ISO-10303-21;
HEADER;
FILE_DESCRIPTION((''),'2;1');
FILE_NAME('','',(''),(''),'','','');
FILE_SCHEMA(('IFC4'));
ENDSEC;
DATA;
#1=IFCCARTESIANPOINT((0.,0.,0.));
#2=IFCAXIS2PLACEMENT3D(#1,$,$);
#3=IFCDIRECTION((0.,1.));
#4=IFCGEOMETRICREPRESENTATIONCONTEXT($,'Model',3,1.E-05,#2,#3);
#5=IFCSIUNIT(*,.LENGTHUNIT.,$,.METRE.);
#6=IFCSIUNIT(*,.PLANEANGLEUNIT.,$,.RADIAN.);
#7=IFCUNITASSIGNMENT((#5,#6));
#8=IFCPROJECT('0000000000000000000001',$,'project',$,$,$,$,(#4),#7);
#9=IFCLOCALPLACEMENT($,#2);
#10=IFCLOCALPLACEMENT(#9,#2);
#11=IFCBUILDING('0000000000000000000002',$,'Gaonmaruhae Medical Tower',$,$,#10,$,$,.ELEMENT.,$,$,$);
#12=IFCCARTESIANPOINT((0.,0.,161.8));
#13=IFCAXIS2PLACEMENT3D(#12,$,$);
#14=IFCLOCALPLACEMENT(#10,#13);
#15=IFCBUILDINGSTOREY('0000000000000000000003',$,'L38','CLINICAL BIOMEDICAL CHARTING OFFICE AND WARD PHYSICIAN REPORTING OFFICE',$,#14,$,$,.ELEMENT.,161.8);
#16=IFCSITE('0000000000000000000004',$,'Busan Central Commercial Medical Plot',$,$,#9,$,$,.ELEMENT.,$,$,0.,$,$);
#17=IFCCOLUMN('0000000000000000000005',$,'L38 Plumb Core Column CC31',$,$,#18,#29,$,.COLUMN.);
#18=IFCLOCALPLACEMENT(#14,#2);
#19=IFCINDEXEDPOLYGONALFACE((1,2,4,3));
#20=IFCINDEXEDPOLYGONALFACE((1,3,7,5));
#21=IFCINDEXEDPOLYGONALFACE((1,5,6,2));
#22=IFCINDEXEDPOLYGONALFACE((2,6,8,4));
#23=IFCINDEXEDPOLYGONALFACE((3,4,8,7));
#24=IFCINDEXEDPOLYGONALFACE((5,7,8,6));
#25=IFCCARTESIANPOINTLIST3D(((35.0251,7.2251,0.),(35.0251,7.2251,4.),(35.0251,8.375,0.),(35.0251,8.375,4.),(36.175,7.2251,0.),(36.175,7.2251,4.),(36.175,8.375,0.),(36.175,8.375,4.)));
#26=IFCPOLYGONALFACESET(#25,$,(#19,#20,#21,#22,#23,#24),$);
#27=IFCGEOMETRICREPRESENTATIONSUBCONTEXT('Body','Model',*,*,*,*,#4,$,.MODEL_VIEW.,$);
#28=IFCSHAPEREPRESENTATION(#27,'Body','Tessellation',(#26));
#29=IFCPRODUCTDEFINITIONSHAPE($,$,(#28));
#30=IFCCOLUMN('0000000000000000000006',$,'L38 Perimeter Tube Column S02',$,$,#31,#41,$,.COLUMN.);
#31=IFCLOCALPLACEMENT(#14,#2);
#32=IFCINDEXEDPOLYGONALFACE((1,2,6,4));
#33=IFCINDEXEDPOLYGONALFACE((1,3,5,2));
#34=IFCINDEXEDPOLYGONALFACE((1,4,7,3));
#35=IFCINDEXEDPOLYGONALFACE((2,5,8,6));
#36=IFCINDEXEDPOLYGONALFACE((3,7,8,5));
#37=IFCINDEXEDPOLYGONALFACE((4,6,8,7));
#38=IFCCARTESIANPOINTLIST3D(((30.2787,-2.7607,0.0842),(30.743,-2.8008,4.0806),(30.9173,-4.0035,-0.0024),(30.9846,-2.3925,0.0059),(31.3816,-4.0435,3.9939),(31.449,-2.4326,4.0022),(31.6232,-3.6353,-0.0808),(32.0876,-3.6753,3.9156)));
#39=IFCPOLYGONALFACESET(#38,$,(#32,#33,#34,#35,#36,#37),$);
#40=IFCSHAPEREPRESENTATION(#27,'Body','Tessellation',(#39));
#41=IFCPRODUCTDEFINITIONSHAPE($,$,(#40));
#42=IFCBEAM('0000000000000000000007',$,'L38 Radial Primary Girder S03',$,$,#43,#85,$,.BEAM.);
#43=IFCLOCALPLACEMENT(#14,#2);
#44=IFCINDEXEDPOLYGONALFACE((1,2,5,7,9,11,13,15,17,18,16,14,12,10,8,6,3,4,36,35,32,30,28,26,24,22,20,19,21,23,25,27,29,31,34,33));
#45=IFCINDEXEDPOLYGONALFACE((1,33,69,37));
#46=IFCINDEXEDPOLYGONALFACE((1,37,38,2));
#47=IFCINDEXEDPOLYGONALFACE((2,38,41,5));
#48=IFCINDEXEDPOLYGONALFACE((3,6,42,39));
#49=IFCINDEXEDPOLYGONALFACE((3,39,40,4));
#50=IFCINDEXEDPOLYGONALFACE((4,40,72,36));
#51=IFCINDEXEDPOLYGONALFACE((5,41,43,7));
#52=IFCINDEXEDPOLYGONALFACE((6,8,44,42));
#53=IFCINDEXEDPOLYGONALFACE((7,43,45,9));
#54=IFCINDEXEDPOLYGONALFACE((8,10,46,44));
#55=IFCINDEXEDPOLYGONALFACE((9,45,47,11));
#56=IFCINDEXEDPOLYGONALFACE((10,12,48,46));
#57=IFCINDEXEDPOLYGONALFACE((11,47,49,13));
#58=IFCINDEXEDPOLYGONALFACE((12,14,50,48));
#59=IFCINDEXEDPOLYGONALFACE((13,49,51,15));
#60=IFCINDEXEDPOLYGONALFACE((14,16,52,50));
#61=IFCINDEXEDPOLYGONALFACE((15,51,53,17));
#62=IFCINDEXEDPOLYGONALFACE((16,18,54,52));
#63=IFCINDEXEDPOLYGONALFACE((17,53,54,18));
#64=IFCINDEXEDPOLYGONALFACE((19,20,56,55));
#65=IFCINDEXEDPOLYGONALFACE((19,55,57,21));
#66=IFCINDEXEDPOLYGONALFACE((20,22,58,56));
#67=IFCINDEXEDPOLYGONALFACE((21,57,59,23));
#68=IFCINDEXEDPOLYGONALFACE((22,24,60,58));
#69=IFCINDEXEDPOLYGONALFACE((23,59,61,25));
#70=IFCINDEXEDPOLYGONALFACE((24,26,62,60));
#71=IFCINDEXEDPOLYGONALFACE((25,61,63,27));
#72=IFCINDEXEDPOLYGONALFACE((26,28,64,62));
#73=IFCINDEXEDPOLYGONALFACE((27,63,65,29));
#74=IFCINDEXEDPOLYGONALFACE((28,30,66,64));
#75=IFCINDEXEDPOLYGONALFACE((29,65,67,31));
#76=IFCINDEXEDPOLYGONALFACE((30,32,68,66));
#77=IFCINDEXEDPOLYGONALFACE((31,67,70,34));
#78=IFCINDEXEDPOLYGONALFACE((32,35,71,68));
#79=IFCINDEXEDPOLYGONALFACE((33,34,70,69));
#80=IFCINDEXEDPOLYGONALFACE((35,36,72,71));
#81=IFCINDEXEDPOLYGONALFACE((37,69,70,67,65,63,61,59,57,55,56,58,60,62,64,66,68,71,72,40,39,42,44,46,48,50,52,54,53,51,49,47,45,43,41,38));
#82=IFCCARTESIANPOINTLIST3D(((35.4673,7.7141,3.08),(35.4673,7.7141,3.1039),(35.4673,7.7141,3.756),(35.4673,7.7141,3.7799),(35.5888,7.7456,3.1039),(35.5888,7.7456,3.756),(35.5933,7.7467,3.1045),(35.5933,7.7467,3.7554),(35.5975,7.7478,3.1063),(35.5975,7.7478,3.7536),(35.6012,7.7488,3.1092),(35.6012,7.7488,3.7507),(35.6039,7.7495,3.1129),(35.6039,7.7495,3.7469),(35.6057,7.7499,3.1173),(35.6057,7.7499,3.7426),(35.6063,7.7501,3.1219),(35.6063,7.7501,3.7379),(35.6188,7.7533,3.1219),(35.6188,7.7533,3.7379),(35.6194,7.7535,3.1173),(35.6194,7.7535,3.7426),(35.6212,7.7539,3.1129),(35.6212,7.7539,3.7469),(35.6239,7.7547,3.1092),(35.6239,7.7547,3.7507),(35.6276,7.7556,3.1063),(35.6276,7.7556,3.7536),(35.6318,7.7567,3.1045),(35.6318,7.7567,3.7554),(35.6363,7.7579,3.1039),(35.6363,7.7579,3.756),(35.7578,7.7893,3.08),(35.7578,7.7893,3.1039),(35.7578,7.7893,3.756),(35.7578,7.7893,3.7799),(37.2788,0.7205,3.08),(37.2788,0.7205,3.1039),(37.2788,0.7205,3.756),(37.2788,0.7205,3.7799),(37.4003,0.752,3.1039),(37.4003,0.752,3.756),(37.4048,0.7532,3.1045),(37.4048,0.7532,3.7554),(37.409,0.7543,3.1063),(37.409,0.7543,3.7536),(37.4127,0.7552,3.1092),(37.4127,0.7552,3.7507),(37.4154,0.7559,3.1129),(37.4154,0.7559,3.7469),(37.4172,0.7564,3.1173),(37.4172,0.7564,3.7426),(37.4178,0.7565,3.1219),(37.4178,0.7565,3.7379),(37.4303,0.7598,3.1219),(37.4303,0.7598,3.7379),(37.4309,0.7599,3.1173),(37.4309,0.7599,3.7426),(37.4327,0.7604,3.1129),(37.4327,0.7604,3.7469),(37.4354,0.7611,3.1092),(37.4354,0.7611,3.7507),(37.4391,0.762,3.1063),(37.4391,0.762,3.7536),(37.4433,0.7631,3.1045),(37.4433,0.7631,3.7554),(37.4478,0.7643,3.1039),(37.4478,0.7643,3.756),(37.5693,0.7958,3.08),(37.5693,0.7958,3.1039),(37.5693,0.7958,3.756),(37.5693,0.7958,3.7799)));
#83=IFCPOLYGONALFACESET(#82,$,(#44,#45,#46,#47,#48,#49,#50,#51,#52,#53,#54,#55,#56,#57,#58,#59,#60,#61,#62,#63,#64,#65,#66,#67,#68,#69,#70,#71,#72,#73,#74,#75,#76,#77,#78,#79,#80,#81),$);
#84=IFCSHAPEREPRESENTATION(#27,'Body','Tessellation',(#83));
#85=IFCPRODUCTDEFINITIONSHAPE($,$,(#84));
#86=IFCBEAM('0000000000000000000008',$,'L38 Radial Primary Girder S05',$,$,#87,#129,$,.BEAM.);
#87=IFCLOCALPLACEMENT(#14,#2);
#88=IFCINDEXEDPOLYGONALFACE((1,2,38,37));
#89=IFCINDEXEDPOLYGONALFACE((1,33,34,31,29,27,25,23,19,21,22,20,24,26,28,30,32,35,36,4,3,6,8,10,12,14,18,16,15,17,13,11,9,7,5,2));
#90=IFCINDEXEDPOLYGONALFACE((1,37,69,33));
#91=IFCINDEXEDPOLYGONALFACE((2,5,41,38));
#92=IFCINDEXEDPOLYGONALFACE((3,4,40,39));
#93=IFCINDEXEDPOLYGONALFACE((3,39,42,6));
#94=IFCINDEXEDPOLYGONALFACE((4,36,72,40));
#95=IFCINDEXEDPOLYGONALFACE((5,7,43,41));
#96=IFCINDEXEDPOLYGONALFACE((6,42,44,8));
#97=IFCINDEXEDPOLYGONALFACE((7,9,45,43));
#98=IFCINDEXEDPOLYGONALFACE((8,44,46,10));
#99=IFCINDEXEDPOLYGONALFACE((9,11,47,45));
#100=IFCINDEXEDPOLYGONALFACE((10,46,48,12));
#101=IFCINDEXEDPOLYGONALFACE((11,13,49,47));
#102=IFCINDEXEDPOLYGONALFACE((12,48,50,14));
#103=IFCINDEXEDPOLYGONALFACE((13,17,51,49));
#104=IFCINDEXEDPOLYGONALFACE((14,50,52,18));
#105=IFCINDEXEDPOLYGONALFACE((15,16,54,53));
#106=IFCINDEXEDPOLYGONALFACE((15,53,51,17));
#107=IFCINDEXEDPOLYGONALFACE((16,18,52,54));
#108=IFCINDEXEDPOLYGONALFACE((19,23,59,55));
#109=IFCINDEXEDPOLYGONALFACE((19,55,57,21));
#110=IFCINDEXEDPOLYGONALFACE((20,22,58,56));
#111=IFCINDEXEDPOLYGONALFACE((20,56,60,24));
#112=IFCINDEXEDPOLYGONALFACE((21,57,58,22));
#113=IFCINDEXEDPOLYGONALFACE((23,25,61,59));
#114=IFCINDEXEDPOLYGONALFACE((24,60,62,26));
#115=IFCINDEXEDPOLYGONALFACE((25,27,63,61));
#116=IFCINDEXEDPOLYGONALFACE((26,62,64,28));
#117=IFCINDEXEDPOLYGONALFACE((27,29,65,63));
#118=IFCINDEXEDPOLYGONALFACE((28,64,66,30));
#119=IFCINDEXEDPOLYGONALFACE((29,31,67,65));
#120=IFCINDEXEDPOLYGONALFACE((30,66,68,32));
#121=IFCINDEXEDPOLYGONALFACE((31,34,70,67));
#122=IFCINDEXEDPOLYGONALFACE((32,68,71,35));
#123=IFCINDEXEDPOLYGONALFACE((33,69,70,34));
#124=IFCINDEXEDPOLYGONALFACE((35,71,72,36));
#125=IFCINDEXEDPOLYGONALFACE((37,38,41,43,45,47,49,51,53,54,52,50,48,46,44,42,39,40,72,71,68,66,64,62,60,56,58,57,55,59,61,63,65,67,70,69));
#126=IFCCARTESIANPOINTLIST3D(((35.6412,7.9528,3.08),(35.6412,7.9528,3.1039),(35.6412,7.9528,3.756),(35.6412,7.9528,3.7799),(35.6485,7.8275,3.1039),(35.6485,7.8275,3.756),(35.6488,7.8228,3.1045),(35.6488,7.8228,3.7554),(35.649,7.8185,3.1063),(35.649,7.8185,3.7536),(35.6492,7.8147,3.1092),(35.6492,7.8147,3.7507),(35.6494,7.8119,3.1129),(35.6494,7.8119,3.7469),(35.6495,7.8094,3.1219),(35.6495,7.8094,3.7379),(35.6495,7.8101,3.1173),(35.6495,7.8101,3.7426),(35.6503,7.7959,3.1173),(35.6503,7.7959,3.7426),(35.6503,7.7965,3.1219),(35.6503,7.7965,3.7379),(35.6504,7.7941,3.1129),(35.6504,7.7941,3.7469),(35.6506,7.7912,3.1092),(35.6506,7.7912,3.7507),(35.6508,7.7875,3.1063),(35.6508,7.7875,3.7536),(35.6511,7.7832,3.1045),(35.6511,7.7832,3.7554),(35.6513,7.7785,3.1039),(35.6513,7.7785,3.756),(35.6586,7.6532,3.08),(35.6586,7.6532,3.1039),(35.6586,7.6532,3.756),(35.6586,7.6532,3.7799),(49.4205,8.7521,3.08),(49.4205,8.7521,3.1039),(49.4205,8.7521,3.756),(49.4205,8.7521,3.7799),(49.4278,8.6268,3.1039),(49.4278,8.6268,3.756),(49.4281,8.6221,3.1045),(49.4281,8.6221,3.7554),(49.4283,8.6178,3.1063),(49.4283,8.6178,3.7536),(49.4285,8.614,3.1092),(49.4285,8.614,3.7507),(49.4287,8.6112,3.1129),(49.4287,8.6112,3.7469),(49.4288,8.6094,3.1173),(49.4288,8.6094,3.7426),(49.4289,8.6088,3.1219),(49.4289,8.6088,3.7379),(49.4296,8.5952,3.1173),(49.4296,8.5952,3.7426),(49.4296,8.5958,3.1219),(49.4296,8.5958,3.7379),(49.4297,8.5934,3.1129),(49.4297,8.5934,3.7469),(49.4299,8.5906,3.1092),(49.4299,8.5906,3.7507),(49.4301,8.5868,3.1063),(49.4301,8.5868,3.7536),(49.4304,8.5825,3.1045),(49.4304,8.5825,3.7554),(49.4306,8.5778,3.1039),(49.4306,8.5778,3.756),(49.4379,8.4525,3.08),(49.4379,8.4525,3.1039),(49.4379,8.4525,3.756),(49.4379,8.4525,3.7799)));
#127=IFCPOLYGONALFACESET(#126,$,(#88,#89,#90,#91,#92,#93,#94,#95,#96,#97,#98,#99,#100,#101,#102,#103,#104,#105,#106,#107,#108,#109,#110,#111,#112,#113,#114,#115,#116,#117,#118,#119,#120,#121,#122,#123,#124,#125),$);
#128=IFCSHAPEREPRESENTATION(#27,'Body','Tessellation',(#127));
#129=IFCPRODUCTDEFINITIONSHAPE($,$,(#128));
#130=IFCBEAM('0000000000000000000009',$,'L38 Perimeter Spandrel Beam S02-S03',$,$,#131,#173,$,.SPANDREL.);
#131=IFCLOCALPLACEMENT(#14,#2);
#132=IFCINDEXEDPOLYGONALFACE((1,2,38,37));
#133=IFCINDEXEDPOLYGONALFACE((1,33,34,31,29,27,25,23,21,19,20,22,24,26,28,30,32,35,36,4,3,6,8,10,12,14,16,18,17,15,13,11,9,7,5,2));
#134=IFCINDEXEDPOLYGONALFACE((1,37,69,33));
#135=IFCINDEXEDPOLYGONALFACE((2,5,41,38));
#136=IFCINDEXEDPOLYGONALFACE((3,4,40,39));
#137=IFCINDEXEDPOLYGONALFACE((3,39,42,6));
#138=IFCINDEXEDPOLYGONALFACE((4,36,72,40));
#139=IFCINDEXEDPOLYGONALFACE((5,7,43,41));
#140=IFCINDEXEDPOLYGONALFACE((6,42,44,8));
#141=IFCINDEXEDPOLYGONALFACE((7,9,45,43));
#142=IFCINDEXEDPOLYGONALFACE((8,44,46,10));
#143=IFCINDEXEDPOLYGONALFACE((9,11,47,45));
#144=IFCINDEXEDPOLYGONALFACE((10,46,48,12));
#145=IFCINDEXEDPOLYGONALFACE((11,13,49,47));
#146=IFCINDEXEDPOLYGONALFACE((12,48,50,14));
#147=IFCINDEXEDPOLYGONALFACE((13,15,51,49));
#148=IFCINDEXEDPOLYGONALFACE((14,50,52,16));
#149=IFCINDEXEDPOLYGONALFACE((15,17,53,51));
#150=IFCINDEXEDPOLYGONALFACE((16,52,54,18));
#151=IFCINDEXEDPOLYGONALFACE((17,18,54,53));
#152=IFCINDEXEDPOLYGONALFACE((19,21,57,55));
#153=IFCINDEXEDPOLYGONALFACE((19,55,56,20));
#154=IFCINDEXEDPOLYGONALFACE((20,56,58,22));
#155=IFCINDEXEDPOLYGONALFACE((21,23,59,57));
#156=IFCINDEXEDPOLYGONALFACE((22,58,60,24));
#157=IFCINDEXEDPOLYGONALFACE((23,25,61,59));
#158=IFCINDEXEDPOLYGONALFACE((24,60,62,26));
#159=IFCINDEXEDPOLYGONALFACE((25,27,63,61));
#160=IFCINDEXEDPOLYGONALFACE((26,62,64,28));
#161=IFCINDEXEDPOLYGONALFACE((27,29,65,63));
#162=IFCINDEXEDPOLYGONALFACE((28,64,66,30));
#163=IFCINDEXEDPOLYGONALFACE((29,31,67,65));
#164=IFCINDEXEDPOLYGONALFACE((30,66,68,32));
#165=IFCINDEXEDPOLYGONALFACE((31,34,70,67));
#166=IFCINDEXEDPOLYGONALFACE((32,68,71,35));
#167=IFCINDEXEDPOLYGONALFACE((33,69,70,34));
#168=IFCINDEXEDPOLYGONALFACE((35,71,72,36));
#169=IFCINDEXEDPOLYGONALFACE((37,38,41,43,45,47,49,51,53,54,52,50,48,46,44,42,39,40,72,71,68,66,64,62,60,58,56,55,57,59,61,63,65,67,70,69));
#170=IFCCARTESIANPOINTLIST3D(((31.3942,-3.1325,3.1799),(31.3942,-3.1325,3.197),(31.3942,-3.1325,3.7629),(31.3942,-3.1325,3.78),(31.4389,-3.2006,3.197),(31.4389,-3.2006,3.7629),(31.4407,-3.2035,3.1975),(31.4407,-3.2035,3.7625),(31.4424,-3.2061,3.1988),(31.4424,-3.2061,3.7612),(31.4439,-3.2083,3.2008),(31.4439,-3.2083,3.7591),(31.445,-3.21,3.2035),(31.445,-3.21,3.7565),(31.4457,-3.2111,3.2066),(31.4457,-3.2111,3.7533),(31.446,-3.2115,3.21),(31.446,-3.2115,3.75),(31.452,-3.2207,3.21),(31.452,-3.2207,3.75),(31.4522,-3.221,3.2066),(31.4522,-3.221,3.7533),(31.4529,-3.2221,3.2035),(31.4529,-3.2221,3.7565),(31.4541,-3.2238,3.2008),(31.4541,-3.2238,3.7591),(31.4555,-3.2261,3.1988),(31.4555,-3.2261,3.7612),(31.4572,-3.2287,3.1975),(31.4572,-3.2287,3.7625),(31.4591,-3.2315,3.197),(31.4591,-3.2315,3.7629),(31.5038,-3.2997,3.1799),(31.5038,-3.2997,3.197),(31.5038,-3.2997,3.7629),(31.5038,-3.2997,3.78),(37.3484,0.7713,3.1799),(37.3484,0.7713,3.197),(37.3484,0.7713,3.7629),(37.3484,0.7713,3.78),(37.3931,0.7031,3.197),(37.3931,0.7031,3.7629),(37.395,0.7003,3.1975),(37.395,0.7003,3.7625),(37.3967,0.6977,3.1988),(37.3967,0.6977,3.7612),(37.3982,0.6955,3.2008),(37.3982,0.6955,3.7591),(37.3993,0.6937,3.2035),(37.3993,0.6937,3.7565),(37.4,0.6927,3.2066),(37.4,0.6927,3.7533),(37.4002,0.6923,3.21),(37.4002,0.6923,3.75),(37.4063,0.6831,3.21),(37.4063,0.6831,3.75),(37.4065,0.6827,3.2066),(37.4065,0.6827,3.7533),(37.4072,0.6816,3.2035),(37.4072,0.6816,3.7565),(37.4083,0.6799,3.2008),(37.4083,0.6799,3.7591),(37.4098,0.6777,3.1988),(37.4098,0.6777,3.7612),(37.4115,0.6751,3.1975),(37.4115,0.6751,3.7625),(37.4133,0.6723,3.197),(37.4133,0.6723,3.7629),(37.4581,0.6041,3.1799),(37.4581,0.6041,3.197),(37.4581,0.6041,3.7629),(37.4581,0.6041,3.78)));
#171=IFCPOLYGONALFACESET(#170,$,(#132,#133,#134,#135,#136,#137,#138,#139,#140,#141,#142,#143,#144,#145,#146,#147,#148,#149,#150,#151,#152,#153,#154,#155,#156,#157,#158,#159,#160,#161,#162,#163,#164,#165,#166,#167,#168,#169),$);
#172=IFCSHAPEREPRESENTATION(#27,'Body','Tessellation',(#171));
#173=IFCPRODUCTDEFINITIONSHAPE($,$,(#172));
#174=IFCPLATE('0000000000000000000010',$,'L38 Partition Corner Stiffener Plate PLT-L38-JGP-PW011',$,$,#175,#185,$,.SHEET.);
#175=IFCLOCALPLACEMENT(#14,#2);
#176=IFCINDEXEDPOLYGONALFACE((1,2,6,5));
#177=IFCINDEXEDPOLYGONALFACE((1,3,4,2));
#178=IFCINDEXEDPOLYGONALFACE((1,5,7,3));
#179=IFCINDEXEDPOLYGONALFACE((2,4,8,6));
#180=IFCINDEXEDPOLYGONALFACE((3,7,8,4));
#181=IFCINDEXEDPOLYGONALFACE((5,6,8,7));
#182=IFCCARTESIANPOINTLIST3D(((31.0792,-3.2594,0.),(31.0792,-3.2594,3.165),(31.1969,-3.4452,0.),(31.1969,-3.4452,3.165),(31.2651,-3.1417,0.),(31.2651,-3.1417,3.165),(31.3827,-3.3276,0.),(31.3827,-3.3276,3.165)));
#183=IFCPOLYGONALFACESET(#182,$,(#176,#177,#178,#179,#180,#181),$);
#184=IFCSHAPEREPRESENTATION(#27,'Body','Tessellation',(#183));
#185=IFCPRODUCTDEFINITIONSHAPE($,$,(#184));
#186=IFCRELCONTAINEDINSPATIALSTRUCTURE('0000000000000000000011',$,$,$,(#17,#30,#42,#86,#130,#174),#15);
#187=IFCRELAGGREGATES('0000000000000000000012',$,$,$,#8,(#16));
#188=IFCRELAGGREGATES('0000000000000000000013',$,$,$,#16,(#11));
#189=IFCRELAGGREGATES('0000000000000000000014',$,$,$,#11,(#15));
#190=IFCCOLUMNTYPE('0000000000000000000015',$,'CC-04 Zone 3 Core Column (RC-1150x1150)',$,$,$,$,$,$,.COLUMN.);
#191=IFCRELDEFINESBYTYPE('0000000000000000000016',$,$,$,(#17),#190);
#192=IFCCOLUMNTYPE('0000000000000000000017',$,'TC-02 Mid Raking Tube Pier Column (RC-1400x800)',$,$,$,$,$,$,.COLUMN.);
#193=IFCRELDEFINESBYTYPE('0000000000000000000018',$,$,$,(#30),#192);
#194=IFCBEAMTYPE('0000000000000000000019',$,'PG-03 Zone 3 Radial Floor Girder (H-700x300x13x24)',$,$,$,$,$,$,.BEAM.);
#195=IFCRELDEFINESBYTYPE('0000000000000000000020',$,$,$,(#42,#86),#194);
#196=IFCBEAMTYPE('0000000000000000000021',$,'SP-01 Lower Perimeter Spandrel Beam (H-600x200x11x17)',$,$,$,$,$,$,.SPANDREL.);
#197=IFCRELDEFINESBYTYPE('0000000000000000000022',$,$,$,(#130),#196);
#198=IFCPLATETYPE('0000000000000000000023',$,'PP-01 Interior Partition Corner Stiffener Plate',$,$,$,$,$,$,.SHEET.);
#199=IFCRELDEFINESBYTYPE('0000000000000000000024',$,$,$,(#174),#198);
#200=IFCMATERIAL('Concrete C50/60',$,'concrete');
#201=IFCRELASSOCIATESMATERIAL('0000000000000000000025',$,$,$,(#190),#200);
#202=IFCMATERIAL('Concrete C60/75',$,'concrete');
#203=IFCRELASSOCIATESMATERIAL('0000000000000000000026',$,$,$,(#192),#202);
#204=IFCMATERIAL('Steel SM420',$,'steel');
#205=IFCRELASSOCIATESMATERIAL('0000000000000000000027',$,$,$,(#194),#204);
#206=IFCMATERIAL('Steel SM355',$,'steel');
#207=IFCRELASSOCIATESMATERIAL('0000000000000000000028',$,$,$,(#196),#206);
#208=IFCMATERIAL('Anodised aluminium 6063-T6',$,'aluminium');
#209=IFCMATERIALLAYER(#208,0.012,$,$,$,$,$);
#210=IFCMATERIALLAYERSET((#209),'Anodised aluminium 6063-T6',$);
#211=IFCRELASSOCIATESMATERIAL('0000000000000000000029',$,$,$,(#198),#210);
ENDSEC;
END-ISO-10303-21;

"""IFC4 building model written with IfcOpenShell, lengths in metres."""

from ifc_helpers import new_model, si_unit, direction, frame, origin, origin_2d, place, context, subcontext, project, spatial, rectangle, i_section, extrude, material, layer, layer_set, material_profile, profile_set, type_object, element, save


model = new_model("IFC4")

# Units and contexts
model_context = context("Model", 3, precision=1e-05, world=origin(), true_north=direction((0.0, 1.0)))
body_context = subcontext(model_context, "Body", "Model", "MODEL_VIEW")
ifc_project = project(units=[si_unit("LENGTHUNIT", "METRE"), si_unit("PLANEANGLEUNIT", "RADIAN")], contexts=[model_context])

# Site, building, storey
site_placement = place(None, origin())
site = spatial("IfcSite", under=ifc_project, at=site_placement, Name="Busan Central Commercial Medical Plot", CompositionType="ELEMENT", RefElevation=0.0)
building_placement = place(site_placement, origin())
building = spatial("IfcBuilding", under=site, at=building_placement, Name="Gaonmaruhae Medical Tower", CompositionType="ELEMENT")
storey_placement = place(building_placement, frame((0.0, 0.0, 161.8)))
storey = spatial("IfcBuildingStorey", under=building, at=storey_placement, Name="L38", Description="CLINICAL BIOMEDICAL CHARTING OFFICE AND WARD PHYSICIAN REPORTING OFFICE", CompositionType="ELEMENT", Elevation=161.8)

# Columns
ifc_material_1 = material(Name="Concrete C50/60", Category="concrete")
ifc_material_profile_1 = material_profile(ifc_material_1, rectangle(XDim=1.1499, YDim=1.1499, at=origin_2d()), Name="RC-1150x1150")
ifc_profile_set_1 = profile_set([ifc_material_profile_1], Name="Concrete C50/60")
column_type_1 = type_object("IfcColumnType", Name="CC-04 Zone 3 Core Column (RC-1150x1150)", PredefinedType="COLUMN", material=ifc_profile_set_1)
column_1_placement = place(storey_placement, frame((35.6001, 7.8, 0.0), z_axis=(0.0, 0.0, 1.0), x_axis=(1.0, 0.0, 0.0)))
element("IfcColumn", 1, at=column_1_placement, inside=storey, type_object=column_type_1, Name="L38 Plumb Core Column CC31", PredefinedType="COLUMN", context=body_context, shape_type="SweptSolid", body=[
    extrude(rectangle(XDim=1.1499, YDim=1.1499, at=origin_2d()), origin(), (0.0, 0.0, 1.0), 4.0),
])
ifc_material_2 = material(Name="Concrete C60/75", Category="concrete")
ifc_material_profile_2 = material_profile(ifc_material_2, rectangle(XDim=1.3999, YDim=0.8, at=origin_2d()), Name="RC-1400x800")
ifc_profile_set_2 = profile_set([ifc_material_profile_2], Name="Concrete C60/75")
column_type_2 = type_object("IfcColumnType", Name="TC-02 Mid Raking Tube Pier Column (RC-1400x800)", PredefinedType="COLUMN", material=ifc_profile_set_2)
column_2_placement = place(storey_placement, frame((30.9509, -3.198, 0.0017), z_axis=(0.115413, -0.009951, 0.993268), x_axis=(-0.45618, 0.887732, 0.0619)))
element("IfcColumn", 2, at=column_2_placement, inside=storey, type_object=column_type_2, Name="L38 Perimeter Tube Column S02", PredefinedType="COLUMN", context=body_context, shape_type="SweptSolid", body=[
    extrude(rectangle(XDim=1.3999, YDim=0.8, at=origin_2d()), origin(), (0.0, 0.0, 1.0), 4.0234),
])

# Beams
ifc_material_3 = material(Name="Steel SM420", Category="steel")
ifc_material_profile_3 = material_profile(ifc_material_3, i_section(OverallWidth=0.3, OverallDepth=0.7, WebThickness=0.0129, FlangeThickness=0.0239, FilletRadius=0.0181, at=origin_2d()), Name="H-700x300x13x24")
ifc_profile_set_3 = profile_set([ifc_material_profile_3], Name="Steel SM420")
beam_type_1 = type_object("IfcBeamType", Name="PG-03 Zone 3 Radial Floor Girder (H-700x300x13x24)", PredefinedType="BEAM", material=ifc_profile_set_3)
beam_1_placement = place(storey_placement, frame((35.6125, 7.7517, 3.4299), z_axis=(0.250749, -0.968052, 0.0), x_axis=(0.968052, 0.250749, 0.0)))
element("IfcBeam", 3, at=beam_1_placement, inside=storey, type_object=beam_type_1, Name="L38 Radial Primary Girder S03", PredefinedType="BEAM", context=body_context, shape_type="SweptSolid", body=[
    extrude(i_section(OverallWidth=0.3, OverallDepth=0.7, WebThickness=0.0129, FlangeThickness=0.0239, FilletRadius=0.0181, at=origin_2d()), origin(), (0.0, 0.0, 1.0), 7.2244),
])
beam_2_placement = place(storey_placement, frame((35.6499, 7.803, 3.4299), z_axis=(0.998322, 0.057911, 0.0), x_axis=(-0.057911, 0.998322, 0.0)))
element("IfcBeam", 4, at=beam_2_placement, inside=storey, type_object=beam_type_1, Name="L38 Radial Primary Girder S05", PredefinedType="BEAM", context=body_context, shape_type="SweptSolid", body=[
    extrude(i_section(OverallWidth=0.3, OverallDepth=0.7, WebThickness=0.0129, FlangeThickness=0.0239, FilletRadius=0.0181, at=origin_2d()), origin(), (0.0, 0.0, 1.0), 13.8025),
])
ifc_material_4 = material(Name="Steel SM355", Category="steel")
ifc_material_profile_4 = material_profile(ifc_material_4, i_section(OverallWidth=0.2, OverallDepth=0.6001, WebThickness=0.011, FlangeThickness=0.0171, FilletRadius=0.0129, at=origin_2d()), Name="H-600x200x11x17")
ifc_profile_set_4 = profile_set([ifc_material_profile_4], Name="Steel SM355")
beam_type_2 = type_object("IfcBeamType", Name="SP-01 Lower Perimeter Spandrel Beam (H-600x200x11x17)", PredefinedType="SPANDREL", material=ifc_profile_set_4)
beam_3_placement = place(storey_placement, frame((31.449, -3.2161, 3.48), z_axis=(0.836288, 0.54829, 0.0), x_axis=(-0.54829, 0.836288, 0.0)))
element("IfcBeam", 5, at=beam_3_placement, inside=storey, type_object=beam_type_2, Name="L38 Perimeter Spandrel Beam S02-S03", PredefinedType="SPANDREL", context=body_context, shape_type="SweptSolid", body=[
    extrude(i_section(OverallWidth=0.2, OverallDepth=0.6001, WebThickness=0.011, FlangeThickness=0.0171, FilletRadius=0.0129, at=origin_2d()), origin(), (0.0, 0.0, 1.0), 7.1199),
])

# Plate
ifc_material_5 = material(Name="Anodised aluminium 6063-T6", Category="aluminium")
ifc_layer_1 = layer(ifc_material_5, 0.012)
ifc_layer_set_1 = layer_set([ifc_layer_1], Name="Anodised aluminium 6063-T6")
plate_type = type_object("IfcPlateType", Name="PP-01 Interior Partition Corner Stiffener Plate", PredefinedType="SHEET", material=ifc_layer_set_1)
plate_1_placement = place(storey_placement, frame((31.231, -3.2935, 0.0), z_axis=(0.0, 0.0, 1.0), x_axis=(-0.844917, -0.534898, 0.0)))
element("IfcPlate", 6, at=plate_1_placement, inside=storey, type_object=plate_type, Name="L38 Partition Corner Stiffener Plate PLT-L38-JGP-PW011", PredefinedType="SHEET", context=body_context, shape_type="SweptSolid", body=[
    extrude(rectangle(XDim=0.22, YDim=0.22, at=origin_2d()), origin(), (0.0, 0.0, 1.0), 3.165),
])

save(model, "model.ifc")
